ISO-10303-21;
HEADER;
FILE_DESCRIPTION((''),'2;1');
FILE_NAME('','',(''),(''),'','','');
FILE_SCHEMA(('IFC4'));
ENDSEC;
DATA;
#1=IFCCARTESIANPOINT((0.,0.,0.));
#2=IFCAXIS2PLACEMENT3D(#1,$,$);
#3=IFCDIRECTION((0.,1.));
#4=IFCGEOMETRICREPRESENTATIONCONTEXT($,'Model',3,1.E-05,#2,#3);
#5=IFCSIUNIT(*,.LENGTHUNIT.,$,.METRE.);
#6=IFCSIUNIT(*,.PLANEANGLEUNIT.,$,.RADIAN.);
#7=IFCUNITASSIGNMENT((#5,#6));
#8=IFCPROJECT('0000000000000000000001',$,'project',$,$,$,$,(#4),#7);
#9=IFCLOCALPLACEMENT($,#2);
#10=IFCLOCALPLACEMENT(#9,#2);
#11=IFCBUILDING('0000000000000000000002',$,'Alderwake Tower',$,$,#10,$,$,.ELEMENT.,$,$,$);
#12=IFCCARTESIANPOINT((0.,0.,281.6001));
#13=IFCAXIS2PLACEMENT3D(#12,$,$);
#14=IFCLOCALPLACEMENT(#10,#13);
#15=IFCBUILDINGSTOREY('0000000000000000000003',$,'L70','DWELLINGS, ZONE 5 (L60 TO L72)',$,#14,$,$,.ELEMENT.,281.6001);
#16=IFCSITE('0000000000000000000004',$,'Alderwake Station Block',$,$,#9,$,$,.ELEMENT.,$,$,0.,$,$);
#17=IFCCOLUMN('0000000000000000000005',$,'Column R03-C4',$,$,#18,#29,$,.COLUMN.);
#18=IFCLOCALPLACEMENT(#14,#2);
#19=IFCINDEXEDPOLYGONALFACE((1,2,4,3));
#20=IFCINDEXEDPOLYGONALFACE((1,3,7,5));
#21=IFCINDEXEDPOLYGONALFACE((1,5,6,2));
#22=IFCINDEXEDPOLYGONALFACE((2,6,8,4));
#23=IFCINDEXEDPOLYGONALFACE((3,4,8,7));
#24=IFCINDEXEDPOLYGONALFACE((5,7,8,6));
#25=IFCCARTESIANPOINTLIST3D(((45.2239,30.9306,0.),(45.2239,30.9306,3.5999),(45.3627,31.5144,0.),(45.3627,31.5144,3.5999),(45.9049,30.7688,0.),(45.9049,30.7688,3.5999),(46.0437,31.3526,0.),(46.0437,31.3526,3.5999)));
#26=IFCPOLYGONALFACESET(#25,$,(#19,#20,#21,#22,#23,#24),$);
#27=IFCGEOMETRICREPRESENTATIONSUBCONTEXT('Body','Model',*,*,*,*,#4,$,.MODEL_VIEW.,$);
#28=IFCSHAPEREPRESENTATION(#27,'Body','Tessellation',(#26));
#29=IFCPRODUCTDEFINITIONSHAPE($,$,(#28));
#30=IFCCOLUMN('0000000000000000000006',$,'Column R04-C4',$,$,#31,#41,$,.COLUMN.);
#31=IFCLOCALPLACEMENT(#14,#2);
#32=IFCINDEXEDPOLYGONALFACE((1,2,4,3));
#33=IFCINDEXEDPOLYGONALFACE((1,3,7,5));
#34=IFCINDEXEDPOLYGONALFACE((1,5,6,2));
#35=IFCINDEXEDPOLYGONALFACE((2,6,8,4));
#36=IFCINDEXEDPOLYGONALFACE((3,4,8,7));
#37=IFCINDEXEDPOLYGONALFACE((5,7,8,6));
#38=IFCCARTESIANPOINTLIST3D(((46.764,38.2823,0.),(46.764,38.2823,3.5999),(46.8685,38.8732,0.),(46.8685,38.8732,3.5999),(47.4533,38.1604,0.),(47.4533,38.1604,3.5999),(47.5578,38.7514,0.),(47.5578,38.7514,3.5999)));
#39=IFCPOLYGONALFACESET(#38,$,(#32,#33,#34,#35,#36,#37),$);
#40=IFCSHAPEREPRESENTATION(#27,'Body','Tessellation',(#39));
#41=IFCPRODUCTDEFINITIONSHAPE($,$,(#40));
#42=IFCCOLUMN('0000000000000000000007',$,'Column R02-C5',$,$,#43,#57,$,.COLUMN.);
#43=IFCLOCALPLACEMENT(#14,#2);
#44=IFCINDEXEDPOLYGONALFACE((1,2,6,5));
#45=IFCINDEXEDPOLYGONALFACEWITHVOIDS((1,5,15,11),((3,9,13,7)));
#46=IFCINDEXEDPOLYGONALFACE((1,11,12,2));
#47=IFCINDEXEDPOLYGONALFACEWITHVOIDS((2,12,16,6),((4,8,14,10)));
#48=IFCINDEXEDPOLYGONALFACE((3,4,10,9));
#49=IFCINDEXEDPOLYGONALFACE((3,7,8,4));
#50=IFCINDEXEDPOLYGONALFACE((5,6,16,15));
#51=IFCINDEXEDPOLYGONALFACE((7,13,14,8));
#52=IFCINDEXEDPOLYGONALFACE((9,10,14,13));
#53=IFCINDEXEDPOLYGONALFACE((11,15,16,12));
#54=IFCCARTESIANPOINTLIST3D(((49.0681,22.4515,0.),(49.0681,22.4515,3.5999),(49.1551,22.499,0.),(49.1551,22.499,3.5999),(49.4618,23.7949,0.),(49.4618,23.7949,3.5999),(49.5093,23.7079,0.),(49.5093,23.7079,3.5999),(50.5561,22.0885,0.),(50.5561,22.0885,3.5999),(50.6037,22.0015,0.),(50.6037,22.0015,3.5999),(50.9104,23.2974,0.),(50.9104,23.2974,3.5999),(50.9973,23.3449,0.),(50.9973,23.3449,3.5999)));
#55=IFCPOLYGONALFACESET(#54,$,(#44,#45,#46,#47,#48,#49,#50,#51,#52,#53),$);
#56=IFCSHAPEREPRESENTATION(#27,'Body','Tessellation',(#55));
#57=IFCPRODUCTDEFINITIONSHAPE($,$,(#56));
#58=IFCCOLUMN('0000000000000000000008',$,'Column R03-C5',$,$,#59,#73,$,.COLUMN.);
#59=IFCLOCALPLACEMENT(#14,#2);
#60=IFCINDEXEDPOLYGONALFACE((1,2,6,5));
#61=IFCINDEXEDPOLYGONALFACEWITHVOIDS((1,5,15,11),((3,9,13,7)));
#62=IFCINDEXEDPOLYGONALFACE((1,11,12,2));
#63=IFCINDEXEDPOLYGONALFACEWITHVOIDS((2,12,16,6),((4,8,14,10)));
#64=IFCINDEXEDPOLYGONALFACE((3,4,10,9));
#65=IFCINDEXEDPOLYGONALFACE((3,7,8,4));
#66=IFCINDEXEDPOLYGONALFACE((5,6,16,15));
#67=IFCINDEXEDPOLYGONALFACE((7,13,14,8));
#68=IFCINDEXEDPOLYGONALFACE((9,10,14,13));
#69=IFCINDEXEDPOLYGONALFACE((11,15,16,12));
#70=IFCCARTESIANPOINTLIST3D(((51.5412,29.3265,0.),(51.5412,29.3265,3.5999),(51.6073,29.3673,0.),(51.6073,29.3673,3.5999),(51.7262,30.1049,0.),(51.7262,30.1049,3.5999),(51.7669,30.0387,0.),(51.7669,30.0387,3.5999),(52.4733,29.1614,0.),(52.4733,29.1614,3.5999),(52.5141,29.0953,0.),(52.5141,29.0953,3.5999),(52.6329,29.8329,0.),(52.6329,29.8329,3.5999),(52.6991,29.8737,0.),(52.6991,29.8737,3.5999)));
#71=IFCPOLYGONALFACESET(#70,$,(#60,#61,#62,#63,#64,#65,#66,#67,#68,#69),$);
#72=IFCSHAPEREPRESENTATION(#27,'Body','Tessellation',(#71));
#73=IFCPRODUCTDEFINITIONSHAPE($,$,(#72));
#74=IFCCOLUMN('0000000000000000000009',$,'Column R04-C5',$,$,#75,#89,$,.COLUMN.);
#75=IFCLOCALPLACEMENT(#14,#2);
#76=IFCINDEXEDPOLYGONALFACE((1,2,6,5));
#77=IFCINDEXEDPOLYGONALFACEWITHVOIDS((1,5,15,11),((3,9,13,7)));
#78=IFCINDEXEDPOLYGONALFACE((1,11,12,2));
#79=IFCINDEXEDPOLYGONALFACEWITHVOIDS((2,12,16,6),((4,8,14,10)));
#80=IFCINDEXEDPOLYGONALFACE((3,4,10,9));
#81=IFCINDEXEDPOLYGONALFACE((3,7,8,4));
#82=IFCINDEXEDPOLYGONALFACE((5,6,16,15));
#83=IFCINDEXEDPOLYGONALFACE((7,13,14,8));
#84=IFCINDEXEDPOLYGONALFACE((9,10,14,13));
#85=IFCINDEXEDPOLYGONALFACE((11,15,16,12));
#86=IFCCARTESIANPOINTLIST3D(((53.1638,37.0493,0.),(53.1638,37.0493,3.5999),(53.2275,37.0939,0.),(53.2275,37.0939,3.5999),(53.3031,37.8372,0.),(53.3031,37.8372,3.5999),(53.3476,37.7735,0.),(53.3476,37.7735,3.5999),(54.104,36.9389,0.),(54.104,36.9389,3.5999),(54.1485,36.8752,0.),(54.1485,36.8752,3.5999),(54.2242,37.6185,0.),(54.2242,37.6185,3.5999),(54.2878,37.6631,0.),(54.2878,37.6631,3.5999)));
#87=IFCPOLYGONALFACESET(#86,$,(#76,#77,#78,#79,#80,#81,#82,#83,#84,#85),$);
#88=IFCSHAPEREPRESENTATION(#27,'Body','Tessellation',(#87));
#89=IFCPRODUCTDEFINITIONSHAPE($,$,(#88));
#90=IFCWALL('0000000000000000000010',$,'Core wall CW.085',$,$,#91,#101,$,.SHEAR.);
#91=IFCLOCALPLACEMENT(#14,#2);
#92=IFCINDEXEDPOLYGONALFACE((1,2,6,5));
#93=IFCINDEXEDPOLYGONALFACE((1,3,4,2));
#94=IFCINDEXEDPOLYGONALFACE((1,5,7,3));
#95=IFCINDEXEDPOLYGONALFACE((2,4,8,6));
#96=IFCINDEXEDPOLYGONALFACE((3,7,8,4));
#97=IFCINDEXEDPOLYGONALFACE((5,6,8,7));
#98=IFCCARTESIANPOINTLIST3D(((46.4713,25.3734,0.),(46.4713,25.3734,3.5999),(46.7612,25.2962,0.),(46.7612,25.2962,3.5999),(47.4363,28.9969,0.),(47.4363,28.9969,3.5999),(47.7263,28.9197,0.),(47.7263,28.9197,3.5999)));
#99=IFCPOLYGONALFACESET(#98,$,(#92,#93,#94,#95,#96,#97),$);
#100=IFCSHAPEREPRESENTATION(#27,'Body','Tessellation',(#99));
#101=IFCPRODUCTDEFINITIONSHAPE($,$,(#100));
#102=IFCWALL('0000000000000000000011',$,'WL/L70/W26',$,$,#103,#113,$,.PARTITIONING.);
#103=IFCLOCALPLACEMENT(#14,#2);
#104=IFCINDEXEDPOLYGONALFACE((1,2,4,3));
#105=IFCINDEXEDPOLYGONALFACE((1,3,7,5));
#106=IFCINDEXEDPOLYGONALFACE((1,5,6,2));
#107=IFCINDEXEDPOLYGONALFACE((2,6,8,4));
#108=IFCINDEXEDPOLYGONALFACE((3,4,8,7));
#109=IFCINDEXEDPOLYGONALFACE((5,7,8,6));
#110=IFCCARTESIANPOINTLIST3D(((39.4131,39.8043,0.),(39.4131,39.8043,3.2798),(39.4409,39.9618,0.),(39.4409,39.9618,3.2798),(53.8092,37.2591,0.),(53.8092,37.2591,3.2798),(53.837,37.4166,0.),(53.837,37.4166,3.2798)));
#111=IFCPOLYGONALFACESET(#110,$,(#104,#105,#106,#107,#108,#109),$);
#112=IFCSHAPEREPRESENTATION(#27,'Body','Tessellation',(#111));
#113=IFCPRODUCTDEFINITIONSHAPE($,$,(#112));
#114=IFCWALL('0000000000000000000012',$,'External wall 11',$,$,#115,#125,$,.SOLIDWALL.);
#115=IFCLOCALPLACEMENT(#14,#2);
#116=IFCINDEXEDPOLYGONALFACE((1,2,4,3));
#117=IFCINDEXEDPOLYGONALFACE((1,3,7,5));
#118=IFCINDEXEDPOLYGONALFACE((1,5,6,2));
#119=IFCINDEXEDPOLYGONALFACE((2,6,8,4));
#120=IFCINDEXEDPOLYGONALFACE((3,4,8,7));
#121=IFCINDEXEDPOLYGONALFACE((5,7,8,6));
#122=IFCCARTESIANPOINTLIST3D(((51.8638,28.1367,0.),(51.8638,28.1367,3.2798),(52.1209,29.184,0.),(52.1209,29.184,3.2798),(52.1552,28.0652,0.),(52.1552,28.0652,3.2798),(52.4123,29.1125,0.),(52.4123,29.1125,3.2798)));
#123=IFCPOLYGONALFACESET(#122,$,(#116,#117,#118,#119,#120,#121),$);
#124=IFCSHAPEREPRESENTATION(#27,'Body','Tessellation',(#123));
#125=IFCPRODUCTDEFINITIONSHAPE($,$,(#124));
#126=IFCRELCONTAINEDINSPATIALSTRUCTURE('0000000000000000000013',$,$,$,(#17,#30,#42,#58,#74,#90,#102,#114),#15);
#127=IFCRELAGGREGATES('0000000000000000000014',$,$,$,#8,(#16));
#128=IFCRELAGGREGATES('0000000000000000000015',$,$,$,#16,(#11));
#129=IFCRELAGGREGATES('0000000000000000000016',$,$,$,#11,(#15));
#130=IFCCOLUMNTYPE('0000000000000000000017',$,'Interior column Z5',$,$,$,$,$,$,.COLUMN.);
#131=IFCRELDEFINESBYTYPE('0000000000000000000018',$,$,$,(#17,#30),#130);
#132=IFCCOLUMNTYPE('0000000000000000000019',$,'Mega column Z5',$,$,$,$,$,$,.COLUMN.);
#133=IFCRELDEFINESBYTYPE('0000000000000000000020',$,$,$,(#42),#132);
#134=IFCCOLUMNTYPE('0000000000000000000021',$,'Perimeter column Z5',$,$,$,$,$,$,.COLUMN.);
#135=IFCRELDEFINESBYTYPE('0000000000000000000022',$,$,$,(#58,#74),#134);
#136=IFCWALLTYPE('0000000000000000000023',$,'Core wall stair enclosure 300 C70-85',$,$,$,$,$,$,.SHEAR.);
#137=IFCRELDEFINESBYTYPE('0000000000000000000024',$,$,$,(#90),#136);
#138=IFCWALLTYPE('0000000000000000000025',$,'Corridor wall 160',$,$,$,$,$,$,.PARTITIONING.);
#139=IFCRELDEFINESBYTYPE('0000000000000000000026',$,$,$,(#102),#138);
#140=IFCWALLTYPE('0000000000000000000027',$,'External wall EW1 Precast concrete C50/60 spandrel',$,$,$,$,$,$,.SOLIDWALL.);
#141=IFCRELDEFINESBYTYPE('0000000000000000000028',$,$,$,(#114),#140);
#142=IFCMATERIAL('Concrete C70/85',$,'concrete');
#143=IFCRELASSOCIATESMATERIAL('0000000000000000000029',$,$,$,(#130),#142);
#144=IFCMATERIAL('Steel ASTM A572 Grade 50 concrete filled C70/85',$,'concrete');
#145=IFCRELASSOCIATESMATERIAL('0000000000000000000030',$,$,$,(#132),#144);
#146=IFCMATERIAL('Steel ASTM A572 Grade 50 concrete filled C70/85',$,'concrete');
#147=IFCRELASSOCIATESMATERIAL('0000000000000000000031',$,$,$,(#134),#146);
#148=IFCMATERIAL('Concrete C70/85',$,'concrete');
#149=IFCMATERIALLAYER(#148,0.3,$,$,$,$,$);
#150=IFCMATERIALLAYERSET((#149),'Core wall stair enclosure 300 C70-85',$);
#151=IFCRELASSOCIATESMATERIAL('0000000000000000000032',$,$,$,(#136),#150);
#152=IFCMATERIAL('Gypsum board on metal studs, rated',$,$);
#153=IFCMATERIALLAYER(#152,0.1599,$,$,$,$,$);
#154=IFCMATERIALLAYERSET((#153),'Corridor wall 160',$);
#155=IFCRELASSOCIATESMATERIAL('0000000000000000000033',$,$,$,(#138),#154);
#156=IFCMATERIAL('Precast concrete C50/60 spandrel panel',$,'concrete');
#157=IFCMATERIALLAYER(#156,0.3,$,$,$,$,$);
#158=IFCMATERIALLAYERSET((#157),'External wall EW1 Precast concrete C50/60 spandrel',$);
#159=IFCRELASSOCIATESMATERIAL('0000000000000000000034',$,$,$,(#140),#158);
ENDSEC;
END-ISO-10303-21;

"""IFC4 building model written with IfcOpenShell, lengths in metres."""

from ifc_helpers import new_model, si_unit, direction, frame, frame_2d, origin, origin_2d, place, context, subcontext, project, spatial, rectangle, hollow_rectangle, extrude, material, layer, layer_set, material_profile, profile_set, type_object, element, save


model = new_model("IFC4")

# Units and contexts
model_context = context("Model", 3, precision=1e-05, world=origin(), true_north=direction((0.0, 1.0)))
body_context = subcontext(model_context, "Body", "Model", "MODEL_VIEW")
ifc_project = project(units=[si_unit("LENGTHUNIT", "METRE"), si_unit("PLANEANGLEUNIT", "RADIAN")], contexts=[model_context])

# Site, building, storey
site_placement = place(None, origin())
site = spatial("IfcSite", under=ifc_project, at=site_placement, Name="Alderwake Station Block", CompositionType="ELEMENT", RefElevation=0.0)
building_placement = place(site_placement, origin())
building = spatial("IfcBuilding", under=site, at=building_placement, Name="Alderwake Tower", CompositionType="ELEMENT")
storey_placement = place(building_placement, frame((0.0, 0.0, 281.6001)))
storey = spatial("IfcBuildingStorey", under=building, at=storey_placement, Name="L70", Description="DWELLINGS, ZONE 5 (L60 TO L72)", CompositionType="ELEMENT", Elevation=281.6001)

# Columns
ifc_material_1 = material(Name="Concrete C70/85", Category="concrete")
ifc_material_profile_1 = material_profile(ifc_material_1, rectangle(XDim=0.6001, YDim=0.7, at=origin_2d()), Name="RC 700X600")
ifc_profile_set_1 = profile_set([ifc_material_profile_1], Name="Concrete C70/85")
column_type_1 = type_object("IfcColumnType", Name="Interior column Z5", PredefinedType="COLUMN", material=ifc_profile_set_1)
for number, where, z_axis, x_axis, name in (
    (1, (45.6338, 31.1416, 0.0), (0.0, 0.0, 1.0), (0.231222, 0.972901, 0.0), "Column R03-C4"),
    (2, (47.1609, 38.5168, 0.0), (0.0, 0.0, 1.0), (0.174109, 0.984726, 0.0), "Column R04-C4"),
):
    element("IfcColumn", number, at=place(storey_placement, frame(where, z_axis=z_axis, x_axis=x_axis)), inside=storey, type_object=column_type_1, Name=name, PredefinedType="COLUMN", context=body_context, shape_type="SweptSolid", body=[
        extrude(rectangle(XDim=0.6001, YDim=0.7, at=origin_2d()), origin(), (0.0, 0.0, 1.0), 3.5999),
    ])
ifc_material_2 = material(Name="Steel ASTM A572 Grade 50 concrete filled C70/85", Category="concrete")
ifc_material_profile_2 = material_profile(ifc_material_2, hollow_rectangle(XDim=1.3999, YDim=1.6001, WallThickness=0.0701, at=origin_2d()), Name="BOX 1600X1400X70")
ifc_profile_set_2 = profile_set([ifc_material_profile_2], Name="Steel ASTM A572 Grade 50 concrete filled C70/85")
column_type_2 = type_object("IfcColumnType", Name="Mega column Z5", PredefinedType="COLUMN", material=ifc_profile_set_2)
column_placement = place(storey_placement, frame((50.0327, 22.8982, 0.0), z_axis=(0.0, 0.0, 1.0), x_axis=(0.281194, 0.959651, 0.0)))
element("IfcColumn", 3, at=column_placement, inside=storey, type_object=column_type_2, Name="Column R02-C5", PredefinedType="COLUMN", context=body_context, shape_type="SweptSolid", body=[
    extrude(hollow_rectangle(XDim=1.3999, YDim=1.6001, WallThickness=0.0701, at=origin_2d()), origin(), (0.0, 0.0, 1.0), 3.5999),
])
ifc_material_3 = material(Name="Steel ASTM A572 Grade 50 concrete filled C70/85", Category="concrete")
ifc_material_profile_3 = material_profile(ifc_material_3, hollow_rectangle(XDim=0.8, YDim=1.0, WallThickness=0.0549, at=origin_2d()), Name="BOX 1000X800X55")
ifc_profile_set_3 = profile_set([ifc_material_profile_3], Name="Steel ASTM A572 Grade 50 concrete filled C70/85")
column_type_3 = type_object("IfcColumnType", Name="Perimeter column Z5", PredefinedType="COLUMN", material=ifc_profile_set_3)
for number, where, z_axis, x_axis, name in (
    (4, (52.1201, 29.6001, 0.0), (0.0, 0.0, 1.0), (0.231222, 0.972901, 0.0), "Column R03-C5"),
    (5, (53.7258, 37.3562, 0.0), (0.0, 0.0, 1.0), (0.174109, 0.984726, 0.0), "Column R04-C5"),
):
    element("IfcColumn", number, at=place(storey_placement, frame(where, z_axis=z_axis, x_axis=x_axis)), inside=storey, type_object=column_type_3, Name=name, PredefinedType="COLUMN", context=body_context, shape_type="SweptSolid", body=[
        extrude(hollow_rectangle(XDim=0.8, YDim=1.0, WallThickness=0.0549, at=origin_2d()), origin(), (0.0, 0.0, 1.0), 3.5999),
    ])

# Walls
ifc_material_4 = material(Name="Concrete C70/85", Category="concrete")
ifc_layer_1 = layer(ifc_material_4, 0.3)
ifc_layer_set_1 = layer_set([ifc_layer_1], Name="Core wall stair enclosure 300 C70-85")
wall_type_1 = type_object("IfcWallType", Name="Core wall stair enclosure 300 C70-85", PredefinedType="SHEAR", material=ifc_layer_set_1)
wall_1_placement = place(storey_placement, frame((46.6162, 25.3347, 0.0), z_axis=(0.0, 0.0, 1.0), x_axis=(0.257367, 0.966314, 0.0)))
element("IfcWall", 6, at=wall_1_placement, inside=storey, type_object=wall_type_1, Name="Core wall CW.085", PredefinedType="SHEAR", context=body_context, shape_type="SweptSolid", body=[
    extrude(rectangle(XDim=3.7498, YDim=0.3, at=frame_2d((1.875, 0.0))), origin(), (0.0, 0.0, 1.0), 3.5999),
])
ifc_material_5 = material(Name="Gypsum board on metal studs, rated")
ifc_layer_2 = layer(ifc_material_5, 0.1599)
ifc_layer_set_2 = layer_set([ifc_layer_2], Name="Corridor wall 160")
wall_type_2 = type_object("IfcWallType", Name="Corridor wall 160", PredefinedType="PARTITIONING", material=ifc_layer_set_2)
wall_2_placement = place(storey_placement, frame((53.823, 37.3379, 0.0), z_axis=(0.0, 0.0, 1.0), x_axis=(-0.984729, 0.174094, 0.0)))
element("IfcWall", 7, at=wall_2_placement, inside=storey, type_object=wall_type_2, Name="WL/L70/W26", PredefinedType="PARTITIONING", context=body_context, shape_type="SweptSolid", body=[
    extrude(rectangle(XDim=14.6194, YDim=0.1599, at=frame_2d((7.3096, 0.0))), origin(), (0.0, 0.0, 1.0), 3.2798),
])
ifc_material_6 = material(Name="Precast concrete C50/60 spandrel panel", Category="concrete")
ifc_layer_3 = layer(ifc_material_6, 0.3)
ifc_layer_set_3 = layer_set([ifc_layer_3], Name="External wall EW1 Precast concrete C50/60 spandrel")
wall_type_3 = type_object("IfcWallType", Name="External wall EW1 Precast concrete C50/60 spandrel", PredefinedType="SOLIDWALL", material=ifc_layer_set_3)
wall_3_placement = place(storey_placement, frame((52.0095, 28.1011, 0.0), z_axis=(0.0, 0.0, 1.0), x_axis=(0.238379, 0.971172, 0.0)))
element("IfcWall", 8, at=wall_3_placement, inside=storey, type_object=wall_type_3, Name="External wall 11", PredefinedType="SOLIDWALL", context=body_context, shape_type="SweptSolid", body=[
    extrude(rectangle(XDim=1.0784, YDim=0.3, at=frame_2d((0.5391, 0.0))), origin(), (0.0, 0.0, 1.0), 3.2798),
])

save(model, "model.ifc")
